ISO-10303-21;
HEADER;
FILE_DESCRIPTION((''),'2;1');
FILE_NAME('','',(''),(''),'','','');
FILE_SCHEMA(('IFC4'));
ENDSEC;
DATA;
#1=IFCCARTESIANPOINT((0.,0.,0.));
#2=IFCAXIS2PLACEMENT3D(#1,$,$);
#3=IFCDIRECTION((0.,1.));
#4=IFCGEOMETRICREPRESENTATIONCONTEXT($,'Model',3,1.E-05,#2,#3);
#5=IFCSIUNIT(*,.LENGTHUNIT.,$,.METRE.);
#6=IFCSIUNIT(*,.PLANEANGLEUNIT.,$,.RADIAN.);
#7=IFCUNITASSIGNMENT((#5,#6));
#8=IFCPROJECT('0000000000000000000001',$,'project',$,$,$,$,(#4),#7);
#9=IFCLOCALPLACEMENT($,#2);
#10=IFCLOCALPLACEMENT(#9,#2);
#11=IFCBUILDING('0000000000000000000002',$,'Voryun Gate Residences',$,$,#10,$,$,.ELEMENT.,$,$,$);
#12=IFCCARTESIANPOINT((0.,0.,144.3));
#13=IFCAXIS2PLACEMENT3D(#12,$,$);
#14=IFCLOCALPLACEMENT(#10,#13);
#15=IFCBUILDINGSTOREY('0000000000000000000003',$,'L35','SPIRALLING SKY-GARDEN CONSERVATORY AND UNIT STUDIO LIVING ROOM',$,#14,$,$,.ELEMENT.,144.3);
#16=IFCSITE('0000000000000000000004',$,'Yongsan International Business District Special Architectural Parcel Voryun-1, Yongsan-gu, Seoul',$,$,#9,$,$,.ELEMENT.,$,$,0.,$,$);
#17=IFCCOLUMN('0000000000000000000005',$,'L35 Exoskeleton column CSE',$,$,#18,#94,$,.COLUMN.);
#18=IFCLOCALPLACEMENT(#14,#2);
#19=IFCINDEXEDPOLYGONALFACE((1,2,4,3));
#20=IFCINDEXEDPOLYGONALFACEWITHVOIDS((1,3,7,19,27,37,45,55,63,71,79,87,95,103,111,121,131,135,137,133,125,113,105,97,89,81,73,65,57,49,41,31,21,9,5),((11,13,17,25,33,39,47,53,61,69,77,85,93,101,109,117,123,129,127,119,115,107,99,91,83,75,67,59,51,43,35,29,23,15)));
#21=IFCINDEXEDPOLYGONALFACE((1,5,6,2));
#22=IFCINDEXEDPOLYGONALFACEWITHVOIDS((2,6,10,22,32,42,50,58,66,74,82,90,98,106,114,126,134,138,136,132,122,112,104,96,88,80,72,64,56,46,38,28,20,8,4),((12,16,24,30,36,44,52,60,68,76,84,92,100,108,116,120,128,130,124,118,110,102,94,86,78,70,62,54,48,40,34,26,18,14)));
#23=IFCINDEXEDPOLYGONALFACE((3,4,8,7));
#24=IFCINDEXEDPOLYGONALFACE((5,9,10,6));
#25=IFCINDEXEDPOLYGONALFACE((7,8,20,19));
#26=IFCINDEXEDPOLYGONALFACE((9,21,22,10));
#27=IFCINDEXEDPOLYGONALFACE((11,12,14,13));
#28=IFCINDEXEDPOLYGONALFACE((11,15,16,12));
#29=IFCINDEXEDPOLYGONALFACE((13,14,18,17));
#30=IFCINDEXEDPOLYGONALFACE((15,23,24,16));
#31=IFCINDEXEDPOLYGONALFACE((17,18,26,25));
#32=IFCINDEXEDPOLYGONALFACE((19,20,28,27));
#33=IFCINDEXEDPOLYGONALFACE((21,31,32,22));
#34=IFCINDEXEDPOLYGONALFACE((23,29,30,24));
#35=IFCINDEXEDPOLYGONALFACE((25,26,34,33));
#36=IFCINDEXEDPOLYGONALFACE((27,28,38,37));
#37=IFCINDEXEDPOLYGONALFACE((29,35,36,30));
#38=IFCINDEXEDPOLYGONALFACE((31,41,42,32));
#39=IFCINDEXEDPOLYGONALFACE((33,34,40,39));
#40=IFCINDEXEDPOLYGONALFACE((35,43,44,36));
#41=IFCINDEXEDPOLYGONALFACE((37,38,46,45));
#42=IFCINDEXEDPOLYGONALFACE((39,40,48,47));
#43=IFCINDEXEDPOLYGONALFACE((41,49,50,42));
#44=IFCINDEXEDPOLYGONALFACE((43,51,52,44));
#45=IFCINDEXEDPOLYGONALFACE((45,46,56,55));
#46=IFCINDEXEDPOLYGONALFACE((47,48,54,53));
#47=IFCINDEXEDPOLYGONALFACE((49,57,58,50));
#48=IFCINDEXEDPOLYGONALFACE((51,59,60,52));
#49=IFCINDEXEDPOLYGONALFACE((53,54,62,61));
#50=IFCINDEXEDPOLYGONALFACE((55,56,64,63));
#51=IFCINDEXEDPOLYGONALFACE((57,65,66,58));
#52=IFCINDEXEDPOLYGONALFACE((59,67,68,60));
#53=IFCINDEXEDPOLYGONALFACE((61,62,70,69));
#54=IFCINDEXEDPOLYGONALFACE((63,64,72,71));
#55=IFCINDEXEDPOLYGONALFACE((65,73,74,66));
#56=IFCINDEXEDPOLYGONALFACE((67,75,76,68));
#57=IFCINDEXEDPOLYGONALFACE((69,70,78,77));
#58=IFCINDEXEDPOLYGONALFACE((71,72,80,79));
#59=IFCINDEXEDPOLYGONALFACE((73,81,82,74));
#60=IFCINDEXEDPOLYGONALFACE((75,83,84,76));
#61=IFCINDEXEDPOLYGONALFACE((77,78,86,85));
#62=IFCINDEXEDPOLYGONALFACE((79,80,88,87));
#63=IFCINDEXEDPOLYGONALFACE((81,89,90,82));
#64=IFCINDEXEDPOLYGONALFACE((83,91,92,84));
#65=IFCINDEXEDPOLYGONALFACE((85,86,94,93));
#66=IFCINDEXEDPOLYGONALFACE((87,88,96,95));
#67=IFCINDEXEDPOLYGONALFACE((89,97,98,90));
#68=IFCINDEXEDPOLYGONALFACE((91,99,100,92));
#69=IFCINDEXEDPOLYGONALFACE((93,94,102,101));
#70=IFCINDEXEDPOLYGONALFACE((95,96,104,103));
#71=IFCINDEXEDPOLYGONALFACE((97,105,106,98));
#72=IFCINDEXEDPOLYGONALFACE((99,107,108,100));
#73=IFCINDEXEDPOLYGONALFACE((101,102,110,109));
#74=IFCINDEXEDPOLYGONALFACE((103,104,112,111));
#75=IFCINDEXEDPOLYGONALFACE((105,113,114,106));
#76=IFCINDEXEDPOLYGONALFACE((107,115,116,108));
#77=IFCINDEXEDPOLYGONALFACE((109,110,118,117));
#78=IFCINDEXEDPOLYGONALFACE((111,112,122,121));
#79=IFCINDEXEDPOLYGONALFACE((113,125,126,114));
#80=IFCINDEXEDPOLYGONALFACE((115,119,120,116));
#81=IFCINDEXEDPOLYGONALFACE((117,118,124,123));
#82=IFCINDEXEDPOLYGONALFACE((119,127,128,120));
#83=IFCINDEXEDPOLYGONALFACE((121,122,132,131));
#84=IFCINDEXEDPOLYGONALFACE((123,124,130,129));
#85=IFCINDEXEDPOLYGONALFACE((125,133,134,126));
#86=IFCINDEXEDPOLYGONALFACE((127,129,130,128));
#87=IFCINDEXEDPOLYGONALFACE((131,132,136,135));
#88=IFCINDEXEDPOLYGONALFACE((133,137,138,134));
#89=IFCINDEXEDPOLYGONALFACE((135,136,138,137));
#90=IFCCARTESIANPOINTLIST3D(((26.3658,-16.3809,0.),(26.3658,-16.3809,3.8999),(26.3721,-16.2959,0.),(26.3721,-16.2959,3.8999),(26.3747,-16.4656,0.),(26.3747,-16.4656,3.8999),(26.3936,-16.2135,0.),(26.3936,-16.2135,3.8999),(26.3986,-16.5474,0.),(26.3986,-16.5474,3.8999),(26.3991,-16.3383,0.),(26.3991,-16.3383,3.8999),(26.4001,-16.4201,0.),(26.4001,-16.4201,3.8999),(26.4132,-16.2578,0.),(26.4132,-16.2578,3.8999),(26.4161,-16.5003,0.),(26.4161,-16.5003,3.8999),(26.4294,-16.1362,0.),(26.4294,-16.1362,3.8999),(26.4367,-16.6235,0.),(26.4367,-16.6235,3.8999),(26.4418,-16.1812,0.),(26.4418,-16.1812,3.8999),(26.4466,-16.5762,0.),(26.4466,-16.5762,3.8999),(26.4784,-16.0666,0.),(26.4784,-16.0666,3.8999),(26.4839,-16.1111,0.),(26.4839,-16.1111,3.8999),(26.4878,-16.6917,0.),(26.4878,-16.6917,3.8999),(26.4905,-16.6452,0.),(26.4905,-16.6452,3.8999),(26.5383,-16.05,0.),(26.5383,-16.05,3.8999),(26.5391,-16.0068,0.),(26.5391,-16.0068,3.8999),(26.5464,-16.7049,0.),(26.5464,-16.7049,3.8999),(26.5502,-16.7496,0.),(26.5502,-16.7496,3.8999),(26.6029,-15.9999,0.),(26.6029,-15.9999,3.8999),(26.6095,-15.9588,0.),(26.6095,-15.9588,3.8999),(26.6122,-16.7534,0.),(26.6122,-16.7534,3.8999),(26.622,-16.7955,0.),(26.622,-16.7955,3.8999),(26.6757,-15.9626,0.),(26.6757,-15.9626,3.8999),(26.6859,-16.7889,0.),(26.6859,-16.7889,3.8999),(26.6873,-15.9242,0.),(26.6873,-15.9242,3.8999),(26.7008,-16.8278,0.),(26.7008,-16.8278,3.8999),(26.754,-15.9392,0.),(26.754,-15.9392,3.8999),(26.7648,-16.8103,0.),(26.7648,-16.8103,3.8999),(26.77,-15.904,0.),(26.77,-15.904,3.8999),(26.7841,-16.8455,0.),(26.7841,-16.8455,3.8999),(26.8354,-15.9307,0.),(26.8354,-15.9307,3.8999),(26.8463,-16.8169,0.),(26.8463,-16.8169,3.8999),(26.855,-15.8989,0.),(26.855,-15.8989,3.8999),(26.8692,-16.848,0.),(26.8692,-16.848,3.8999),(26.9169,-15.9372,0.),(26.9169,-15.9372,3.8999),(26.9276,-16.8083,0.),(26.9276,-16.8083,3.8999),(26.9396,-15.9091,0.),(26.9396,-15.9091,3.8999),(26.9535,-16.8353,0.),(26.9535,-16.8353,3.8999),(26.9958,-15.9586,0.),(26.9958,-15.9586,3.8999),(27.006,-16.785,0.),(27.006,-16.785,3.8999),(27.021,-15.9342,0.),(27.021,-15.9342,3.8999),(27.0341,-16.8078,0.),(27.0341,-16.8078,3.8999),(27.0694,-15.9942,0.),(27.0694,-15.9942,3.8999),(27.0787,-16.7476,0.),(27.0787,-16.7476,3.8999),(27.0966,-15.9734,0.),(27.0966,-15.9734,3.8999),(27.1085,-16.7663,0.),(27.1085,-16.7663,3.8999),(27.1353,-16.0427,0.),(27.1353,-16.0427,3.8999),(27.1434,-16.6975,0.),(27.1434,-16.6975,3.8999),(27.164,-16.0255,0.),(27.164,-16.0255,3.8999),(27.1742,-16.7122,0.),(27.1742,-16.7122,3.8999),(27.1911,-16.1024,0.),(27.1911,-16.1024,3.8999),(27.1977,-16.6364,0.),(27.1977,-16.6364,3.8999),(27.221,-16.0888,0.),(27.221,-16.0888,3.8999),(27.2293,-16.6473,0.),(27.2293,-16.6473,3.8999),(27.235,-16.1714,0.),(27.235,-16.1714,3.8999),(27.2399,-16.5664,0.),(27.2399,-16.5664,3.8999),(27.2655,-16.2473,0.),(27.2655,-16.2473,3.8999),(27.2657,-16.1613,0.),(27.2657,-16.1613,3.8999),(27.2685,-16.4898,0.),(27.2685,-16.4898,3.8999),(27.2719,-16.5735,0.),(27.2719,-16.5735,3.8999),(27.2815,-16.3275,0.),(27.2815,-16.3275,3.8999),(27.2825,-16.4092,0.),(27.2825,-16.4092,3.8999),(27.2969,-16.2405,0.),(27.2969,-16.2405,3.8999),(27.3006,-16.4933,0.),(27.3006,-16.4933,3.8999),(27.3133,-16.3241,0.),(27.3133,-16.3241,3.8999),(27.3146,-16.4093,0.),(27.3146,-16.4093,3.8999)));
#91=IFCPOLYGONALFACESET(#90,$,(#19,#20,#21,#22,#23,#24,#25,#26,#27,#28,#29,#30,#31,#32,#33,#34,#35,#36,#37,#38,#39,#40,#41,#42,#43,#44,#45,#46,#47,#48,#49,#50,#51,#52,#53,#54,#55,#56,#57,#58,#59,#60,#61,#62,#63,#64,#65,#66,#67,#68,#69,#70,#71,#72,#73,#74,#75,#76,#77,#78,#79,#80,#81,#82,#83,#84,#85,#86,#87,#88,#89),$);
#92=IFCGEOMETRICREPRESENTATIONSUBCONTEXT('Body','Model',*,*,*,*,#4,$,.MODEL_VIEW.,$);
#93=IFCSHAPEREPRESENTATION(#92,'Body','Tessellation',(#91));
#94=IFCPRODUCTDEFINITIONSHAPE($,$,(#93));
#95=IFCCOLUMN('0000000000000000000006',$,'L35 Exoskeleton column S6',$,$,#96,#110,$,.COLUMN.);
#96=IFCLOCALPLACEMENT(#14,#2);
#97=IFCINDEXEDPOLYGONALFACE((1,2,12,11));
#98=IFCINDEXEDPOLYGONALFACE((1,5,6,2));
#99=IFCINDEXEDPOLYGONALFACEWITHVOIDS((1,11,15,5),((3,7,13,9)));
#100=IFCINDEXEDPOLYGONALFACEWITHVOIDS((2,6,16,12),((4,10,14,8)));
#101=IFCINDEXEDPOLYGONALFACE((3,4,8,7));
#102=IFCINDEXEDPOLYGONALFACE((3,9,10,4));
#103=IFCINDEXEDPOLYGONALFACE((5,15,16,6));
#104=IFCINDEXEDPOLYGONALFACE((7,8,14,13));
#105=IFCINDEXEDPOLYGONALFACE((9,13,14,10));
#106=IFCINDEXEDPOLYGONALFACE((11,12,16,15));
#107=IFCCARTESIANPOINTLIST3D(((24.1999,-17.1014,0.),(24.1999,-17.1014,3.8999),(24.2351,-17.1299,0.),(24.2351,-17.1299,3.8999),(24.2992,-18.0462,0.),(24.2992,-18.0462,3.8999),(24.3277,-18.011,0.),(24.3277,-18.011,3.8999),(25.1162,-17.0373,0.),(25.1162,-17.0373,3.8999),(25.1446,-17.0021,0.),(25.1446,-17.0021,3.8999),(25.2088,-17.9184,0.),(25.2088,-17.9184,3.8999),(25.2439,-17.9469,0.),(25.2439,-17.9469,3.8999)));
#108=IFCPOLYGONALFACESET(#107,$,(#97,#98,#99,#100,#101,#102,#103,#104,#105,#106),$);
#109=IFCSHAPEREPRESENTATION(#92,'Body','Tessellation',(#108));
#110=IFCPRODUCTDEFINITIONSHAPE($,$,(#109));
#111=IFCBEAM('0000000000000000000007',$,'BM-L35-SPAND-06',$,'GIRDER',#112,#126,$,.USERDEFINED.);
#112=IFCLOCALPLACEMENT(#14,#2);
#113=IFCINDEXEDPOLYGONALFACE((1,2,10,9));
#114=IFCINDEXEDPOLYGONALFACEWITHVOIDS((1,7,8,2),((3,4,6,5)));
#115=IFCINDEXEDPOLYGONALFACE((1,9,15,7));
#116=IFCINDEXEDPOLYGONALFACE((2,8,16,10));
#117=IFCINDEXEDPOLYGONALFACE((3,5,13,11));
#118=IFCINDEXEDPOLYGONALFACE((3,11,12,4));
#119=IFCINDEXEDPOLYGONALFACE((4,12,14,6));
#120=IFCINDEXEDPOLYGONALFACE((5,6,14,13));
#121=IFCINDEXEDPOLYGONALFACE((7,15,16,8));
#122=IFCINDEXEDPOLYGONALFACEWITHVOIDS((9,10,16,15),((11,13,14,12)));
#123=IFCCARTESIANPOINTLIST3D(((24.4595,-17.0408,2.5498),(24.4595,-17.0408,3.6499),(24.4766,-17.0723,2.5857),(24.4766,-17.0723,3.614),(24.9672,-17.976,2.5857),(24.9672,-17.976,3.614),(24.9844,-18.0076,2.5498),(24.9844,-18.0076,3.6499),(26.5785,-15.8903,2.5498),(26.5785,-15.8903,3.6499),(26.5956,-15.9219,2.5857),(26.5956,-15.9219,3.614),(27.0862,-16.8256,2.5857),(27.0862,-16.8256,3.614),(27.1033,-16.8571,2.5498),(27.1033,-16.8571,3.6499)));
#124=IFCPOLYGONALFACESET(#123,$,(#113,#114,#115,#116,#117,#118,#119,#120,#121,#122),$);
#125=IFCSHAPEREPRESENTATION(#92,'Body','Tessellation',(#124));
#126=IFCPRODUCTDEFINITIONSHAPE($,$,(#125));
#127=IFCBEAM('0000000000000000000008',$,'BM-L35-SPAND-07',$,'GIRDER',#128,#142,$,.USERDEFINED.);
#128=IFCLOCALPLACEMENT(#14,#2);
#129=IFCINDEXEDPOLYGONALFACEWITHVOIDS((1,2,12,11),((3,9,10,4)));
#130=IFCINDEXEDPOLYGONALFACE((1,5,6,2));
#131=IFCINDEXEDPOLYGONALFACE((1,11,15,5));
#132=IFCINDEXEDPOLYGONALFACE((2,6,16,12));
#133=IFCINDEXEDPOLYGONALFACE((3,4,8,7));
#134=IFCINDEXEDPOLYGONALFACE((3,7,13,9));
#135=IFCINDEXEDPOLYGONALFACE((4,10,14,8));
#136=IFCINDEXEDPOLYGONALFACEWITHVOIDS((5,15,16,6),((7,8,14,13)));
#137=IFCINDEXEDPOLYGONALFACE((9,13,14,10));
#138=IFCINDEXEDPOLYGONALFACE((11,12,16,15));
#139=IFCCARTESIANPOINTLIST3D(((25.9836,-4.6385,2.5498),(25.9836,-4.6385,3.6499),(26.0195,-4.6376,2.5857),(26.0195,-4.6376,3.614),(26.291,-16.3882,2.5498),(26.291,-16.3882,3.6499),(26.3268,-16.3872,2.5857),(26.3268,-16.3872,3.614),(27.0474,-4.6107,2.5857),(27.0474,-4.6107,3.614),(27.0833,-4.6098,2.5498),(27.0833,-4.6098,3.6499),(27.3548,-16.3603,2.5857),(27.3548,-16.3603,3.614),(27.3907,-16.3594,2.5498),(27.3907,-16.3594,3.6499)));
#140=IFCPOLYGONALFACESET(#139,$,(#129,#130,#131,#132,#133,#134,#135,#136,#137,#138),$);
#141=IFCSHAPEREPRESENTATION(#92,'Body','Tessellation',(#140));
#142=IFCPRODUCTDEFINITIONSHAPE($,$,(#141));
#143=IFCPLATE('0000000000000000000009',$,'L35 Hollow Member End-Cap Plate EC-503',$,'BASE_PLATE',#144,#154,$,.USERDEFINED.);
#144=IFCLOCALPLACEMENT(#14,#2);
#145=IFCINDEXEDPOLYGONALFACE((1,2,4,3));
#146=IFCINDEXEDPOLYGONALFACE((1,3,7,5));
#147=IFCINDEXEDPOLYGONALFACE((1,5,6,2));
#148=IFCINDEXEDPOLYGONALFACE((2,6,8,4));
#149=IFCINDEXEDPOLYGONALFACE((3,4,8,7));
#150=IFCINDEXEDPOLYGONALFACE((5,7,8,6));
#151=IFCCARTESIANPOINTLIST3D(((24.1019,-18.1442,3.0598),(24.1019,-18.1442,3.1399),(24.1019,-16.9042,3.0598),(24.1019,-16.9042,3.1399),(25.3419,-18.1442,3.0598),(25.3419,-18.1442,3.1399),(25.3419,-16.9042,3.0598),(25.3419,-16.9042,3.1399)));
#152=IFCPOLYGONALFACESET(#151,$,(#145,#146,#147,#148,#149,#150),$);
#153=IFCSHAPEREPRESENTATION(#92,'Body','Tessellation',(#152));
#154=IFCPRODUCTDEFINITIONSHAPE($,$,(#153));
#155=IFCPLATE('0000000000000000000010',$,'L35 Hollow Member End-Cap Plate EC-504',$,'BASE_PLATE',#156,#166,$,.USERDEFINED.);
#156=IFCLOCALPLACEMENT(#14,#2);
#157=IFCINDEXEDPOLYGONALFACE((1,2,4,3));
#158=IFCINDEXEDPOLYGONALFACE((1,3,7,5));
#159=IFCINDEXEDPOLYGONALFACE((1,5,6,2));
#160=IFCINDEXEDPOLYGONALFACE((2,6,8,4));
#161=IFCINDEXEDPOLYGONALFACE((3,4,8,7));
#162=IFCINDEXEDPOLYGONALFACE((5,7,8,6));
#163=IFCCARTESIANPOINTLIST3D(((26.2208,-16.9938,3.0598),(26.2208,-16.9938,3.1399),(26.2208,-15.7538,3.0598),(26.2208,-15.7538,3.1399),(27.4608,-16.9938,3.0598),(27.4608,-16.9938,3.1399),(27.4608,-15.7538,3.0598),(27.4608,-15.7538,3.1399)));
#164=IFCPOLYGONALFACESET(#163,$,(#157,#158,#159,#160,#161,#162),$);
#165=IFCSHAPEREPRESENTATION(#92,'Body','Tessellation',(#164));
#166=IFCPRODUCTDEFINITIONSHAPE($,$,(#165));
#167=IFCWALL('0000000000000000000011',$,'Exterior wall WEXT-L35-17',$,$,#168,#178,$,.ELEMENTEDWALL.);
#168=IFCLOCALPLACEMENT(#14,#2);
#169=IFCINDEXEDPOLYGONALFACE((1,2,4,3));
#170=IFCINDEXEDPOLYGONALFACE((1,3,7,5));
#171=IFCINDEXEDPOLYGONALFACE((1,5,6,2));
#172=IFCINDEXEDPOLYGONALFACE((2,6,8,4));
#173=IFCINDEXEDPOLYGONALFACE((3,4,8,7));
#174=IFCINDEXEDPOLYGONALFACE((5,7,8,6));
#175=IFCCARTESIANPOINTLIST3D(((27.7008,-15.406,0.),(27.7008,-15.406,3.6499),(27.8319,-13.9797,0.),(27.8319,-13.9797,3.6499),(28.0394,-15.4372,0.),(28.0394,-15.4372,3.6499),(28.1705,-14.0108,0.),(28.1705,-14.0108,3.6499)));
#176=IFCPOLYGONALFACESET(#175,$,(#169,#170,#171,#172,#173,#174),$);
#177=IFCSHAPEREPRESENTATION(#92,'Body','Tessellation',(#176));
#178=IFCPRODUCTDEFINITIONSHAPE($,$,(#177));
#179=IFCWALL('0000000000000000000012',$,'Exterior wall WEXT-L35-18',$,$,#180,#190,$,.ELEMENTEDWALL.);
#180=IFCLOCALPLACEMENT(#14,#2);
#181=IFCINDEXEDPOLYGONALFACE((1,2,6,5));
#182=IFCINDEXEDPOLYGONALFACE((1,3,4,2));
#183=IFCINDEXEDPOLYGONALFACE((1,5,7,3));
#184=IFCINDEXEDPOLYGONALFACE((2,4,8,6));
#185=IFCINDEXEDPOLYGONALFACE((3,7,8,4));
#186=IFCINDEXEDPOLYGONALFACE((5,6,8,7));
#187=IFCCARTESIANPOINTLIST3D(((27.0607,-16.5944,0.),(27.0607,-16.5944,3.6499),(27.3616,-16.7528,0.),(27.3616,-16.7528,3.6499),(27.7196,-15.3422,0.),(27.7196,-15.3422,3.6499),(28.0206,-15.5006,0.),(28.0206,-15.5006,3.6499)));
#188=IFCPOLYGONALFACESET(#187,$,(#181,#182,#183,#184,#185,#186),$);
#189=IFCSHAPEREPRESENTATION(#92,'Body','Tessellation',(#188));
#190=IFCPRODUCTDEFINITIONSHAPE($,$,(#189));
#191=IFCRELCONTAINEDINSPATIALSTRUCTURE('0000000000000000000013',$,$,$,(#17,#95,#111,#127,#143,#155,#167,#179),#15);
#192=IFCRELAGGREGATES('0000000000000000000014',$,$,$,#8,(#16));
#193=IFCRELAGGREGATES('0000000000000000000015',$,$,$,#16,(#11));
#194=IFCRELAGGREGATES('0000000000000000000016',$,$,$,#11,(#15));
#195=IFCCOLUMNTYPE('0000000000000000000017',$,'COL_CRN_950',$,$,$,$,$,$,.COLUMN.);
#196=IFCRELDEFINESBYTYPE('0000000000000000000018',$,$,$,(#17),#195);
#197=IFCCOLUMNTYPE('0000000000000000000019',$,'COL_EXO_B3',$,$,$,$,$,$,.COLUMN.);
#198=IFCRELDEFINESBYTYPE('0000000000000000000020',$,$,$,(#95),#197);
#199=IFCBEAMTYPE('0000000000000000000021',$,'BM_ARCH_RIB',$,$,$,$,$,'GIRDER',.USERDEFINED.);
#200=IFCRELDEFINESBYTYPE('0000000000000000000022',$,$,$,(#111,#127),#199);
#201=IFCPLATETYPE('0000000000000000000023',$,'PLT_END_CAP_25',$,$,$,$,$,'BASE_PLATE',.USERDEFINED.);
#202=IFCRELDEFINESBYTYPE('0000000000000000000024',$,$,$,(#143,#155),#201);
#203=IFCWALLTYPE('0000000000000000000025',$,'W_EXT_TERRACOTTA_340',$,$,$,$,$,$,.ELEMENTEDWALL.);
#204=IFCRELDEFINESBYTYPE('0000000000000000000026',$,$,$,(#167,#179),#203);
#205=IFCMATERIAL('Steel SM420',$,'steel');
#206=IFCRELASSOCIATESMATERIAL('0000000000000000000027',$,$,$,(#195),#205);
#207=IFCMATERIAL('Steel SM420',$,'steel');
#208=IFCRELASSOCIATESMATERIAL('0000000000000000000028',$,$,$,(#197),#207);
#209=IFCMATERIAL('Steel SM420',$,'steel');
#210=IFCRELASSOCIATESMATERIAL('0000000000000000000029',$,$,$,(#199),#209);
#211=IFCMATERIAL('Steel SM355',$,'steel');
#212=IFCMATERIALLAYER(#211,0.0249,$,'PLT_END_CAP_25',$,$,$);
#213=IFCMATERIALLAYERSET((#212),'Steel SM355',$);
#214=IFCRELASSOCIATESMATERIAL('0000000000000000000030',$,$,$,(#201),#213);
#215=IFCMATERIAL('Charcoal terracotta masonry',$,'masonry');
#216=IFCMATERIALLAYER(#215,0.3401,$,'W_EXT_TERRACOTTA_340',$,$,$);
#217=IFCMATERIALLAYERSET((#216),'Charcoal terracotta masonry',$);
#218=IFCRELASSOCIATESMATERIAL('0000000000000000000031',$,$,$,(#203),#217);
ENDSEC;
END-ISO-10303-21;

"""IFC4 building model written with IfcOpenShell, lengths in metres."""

from ifc_helpers import new_model, si_unit, direction, frame, frame_2d, origin, origin_2d, place, context, subcontext, project, spatial, rectangle, hollow_rectangle, hollow_circle, extrude, material, layer, layer_set, material_profile, profile_set, type_object, element, save


model = new_model("IFC4")

# Units and contexts
model_context = context("Model", 3, precision=1e-05, world=origin(), true_north=direction((0.0, 1.0)))
body_context = subcontext(model_context, "Body", "Model", "MODEL_VIEW")
ifc_project = project(units=[si_unit("LENGTHUNIT", "METRE"), si_unit("PLANEANGLEUNIT", "RADIAN")], contexts=[model_context])

# Site, building, storey
site_placement = place(None, origin())
site = spatial("IfcSite", under=ifc_project, at=site_placement, Name="Yongsan International Business District Special Architectural Parcel Voryun-1, Yongsan-gu, Seoul", CompositionType="ELEMENT", RefElevation=0.0)
building_placement = place(site_placement, origin())
building = spatial("IfcBuilding", under=site, at=building_placement, Name="Voryun Gate Residences", CompositionType="ELEMENT")
storey_placement = place(building_placement, frame((0.0, 0.0, 144.3)))
storey = spatial("IfcBuildingStorey", under=building, at=storey_placement, Name="L35", Description="SPIRALLING SKY-GARDEN CONSERVATORY AND UNIT STUDIO LIVING ROOM", CompositionType="ELEMENT", Elevation=144.3)

# Columns
ifc_material_1 = material(Name="Steel SM420", Category="steel")
ifc_material_profile_1 = material_profile(ifc_material_1, hollow_circle(Radius=0.4751, WallThickness=0.032, at=origin_2d()), Name="CHS-950x32")
ifc_profile_set_1 = profile_set([ifc_material_profile_1], Name="Steel SM420")
column_type_1 = type_object("IfcColumnType", Name="COL_CRN_950", PredefinedType="COLUMN", material=ifc_profile_set_1)
column_1_placement = place(storey_placement, frame((26.8408, -16.3738, 0.0), z_axis=(0.0, 0.0, 1.0), x_axis=(0.994522, 0.104528, 0.0)))
element("IfcColumn", 1, at=column_1_placement, inside=storey, type_object=column_type_1, Name="L35 Exoskeleton column CSE", PredefinedType="COLUMN", context=body_context, shape_type="SweptSolid", body=[
    extrude(hollow_circle(Radius=0.4751, WallThickness=0.032, at=origin_2d()), origin(), (0.0, 0.0, 1.0), 3.8999),
])
ifc_material_2 = material(Name="Steel SM420", Category="steel")
ifc_material_profile_2 = material_profile(ifc_material_2, hollow_rectangle(XDim=0.95, YDim=0.95, WallThickness=0.032, at=origin_2d()), Name="BOX-950x950x32")
ifc_profile_set_2 = profile_set([ifc_material_profile_2], Name="Steel SM420")
column_type_2 = type_object("IfcColumnType", Name="COL_EXO_B3", PredefinedType="COLUMN", material=ifc_profile_set_2)
column_2_placement = place(storey_placement, frame((24.7219, -17.5242, 0.0), z_axis=(0.0, 0.0, 1.0), x_axis=(0.994522, 0.104528, 0.0)))
element("IfcColumn", 2, at=column_2_placement, inside=storey, type_object=column_type_2, Name="L35 Exoskeleton column S6", PredefinedType="COLUMN", context=body_context, shape_type="SweptSolid", body=[
    extrude(hollow_rectangle(XDim=0.95, YDim=0.95, WallThickness=0.032, at=origin_2d()), origin(), (0.0, 0.0, 1.0), 3.8999),
])

# Beams
ifc_material_3 = material(Name="Steel SM420", Category="steel")
ifc_material_profile_3 = material_profile(ifc_material_3, hollow_rectangle(XDim=1.1001, YDim=1.1001, WallThickness=0.0359, at=origin_2d()), Name="BOX-1100x1100x36")
ifc_profile_set_3 = profile_set([ifc_material_profile_3], Name="Steel SM420")
beam_type = type_object("IfcBeamType", Name="BM_ARCH_RIB", ElementType="GIRDER", PredefinedType="USERDEFINED", material=ifc_profile_set_3)
beam_1_placement = place(storey_placement, frame((24.7219, -17.5242, 3.0999), z_axis=(0.87883, 0.477134, 0.0), x_axis=(-0.477134, 0.87883, 0.0)))
element("IfcBeam", 3, at=beam_1_placement, inside=storey, type_object=beam_type, Name="BM-L35-SPAND-06", ObjectType="GIRDER", PredefinedType="USERDEFINED", context=body_context, shape_type="SweptSolid", body=[
    extrude(hollow_rectangle(XDim=1.1001, YDim=1.1001, WallThickness=0.0359, at=origin_2d()), origin(), (0.0, 0.0, 1.0), 2.4111),
])
beam_2_placement = place(storey_placement, frame((26.8408, -16.3738, 3.0999), z_axis=(-0.026151, 0.999658, 0.0), x_axis=(-0.999658, -0.026151, 0.0)))
element("IfcBeam", 4, at=beam_2_placement, inside=storey, type_object=beam_type, Name="BM-L35-SPAND-07", ObjectType="GIRDER", PredefinedType="USERDEFINED", context=body_context, shape_type="SweptSolid", body=[
    extrude(hollow_rectangle(XDim=1.1001, YDim=1.1001, WallThickness=0.0359, at=origin_2d()), origin(), (0.0, 0.0, 1.0), 11.7537),
])

# Plates
ifc_material_4 = material(Name="Steel SM355", Category="steel")
ifc_layer_1 = layer(ifc_material_4, 0.0249, Name="PLT_END_CAP_25")
ifc_layer_set_1 = layer_set([ifc_layer_1], Name="Steel SM355")
plate_type = type_object("IfcPlateType", Name="PLT_END_CAP_25", ElementType="BASE_PLATE", PredefinedType="USERDEFINED", material=ifc_layer_set_1)
for number, where, z_axis, x_axis, name in (
    (5, (24.7219, -17.5242, 3.0598), (0.0, 0.0, 1.0), (1.0, 0.0, 0.0), "L35 Hollow Member End-Cap Plate EC-503"),
    (6, (26.8408, -16.3738, 3.0598), (0.0, 0.0, 1.0), (1.0, 0.0, 0.0), "L35 Hollow Member End-Cap Plate EC-504"),
):
    element("IfcPlate", number, at=place(storey_placement, frame(where, z_axis=z_axis, x_axis=x_axis)), inside=storey, type_object=plate_type, Name=name, ObjectType="BASE_PLATE", PredefinedType="USERDEFINED", context=body_context, shape_type="SweptSolid", body=[
        extrude(rectangle(XDim=1.24, YDim=1.24, at=origin_2d()), origin(), (0.0, 0.0, 1.0), 0.0801),
    ])

# Shared definitions
ifc_material_5 = material(Name="Charcoal terracotta masonry", Category="masonry")
ifc_layer_2 = layer(ifc_material_5, 0.3401, Name="W_EXT_TERRACOTTA_340")
ifc_layer_set_2 = layer_set([ifc_layer_2], Name="Charcoal terracotta masonry")
wall_type = type_object("IfcWallType", Name="W_EXT_TERRACOTTA_340", PredefinedType="ELEMENTEDWALL", material=ifc_layer_set_2)

# Walls
wall_1_placement = place(storey_placement, frame((28.0012, -13.9951, 0.0), z_axis=(0.0, 0.0, 1.0), x_axis=(-0.091535, -0.995802, 0.0)))
element("IfcWall", 7, at=wall_1_placement, inside=storey, type_object=wall_type, Name="Exterior wall WEXT-L35-17", PredefinedType="ELEMENTEDWALL", context=body_context, shape_type="SweptSolid", body=[
    extrude(rectangle(XDim=1.4324, YDim=0.3401, at=frame_2d((0.7163, 0.0))), origin(), (0.0, 0.0, 1.0), 3.6499),
])
wall_2_placement = place(storey_placement, frame((27.8701, -15.4214, 0.0), z_axis=(0.0, 0.0, 1.0), x_axis=(-0.465682, -0.884952, 0.0)))
element("IfcWall", 8, at=wall_2_placement, inside=storey, type_object=wall_type, Name="Exterior wall WEXT-L35-18", PredefinedType="ELEMENTEDWALL", context=body_context, shape_type="SweptSolid", body=[
    extrude(rectangle(XDim=1.415, YDim=0.3401, at=frame_2d((0.7075, 0.0))), origin(), (0.0, 0.0, 1.0), 3.6499),
])

save(model, "model.ifc")
